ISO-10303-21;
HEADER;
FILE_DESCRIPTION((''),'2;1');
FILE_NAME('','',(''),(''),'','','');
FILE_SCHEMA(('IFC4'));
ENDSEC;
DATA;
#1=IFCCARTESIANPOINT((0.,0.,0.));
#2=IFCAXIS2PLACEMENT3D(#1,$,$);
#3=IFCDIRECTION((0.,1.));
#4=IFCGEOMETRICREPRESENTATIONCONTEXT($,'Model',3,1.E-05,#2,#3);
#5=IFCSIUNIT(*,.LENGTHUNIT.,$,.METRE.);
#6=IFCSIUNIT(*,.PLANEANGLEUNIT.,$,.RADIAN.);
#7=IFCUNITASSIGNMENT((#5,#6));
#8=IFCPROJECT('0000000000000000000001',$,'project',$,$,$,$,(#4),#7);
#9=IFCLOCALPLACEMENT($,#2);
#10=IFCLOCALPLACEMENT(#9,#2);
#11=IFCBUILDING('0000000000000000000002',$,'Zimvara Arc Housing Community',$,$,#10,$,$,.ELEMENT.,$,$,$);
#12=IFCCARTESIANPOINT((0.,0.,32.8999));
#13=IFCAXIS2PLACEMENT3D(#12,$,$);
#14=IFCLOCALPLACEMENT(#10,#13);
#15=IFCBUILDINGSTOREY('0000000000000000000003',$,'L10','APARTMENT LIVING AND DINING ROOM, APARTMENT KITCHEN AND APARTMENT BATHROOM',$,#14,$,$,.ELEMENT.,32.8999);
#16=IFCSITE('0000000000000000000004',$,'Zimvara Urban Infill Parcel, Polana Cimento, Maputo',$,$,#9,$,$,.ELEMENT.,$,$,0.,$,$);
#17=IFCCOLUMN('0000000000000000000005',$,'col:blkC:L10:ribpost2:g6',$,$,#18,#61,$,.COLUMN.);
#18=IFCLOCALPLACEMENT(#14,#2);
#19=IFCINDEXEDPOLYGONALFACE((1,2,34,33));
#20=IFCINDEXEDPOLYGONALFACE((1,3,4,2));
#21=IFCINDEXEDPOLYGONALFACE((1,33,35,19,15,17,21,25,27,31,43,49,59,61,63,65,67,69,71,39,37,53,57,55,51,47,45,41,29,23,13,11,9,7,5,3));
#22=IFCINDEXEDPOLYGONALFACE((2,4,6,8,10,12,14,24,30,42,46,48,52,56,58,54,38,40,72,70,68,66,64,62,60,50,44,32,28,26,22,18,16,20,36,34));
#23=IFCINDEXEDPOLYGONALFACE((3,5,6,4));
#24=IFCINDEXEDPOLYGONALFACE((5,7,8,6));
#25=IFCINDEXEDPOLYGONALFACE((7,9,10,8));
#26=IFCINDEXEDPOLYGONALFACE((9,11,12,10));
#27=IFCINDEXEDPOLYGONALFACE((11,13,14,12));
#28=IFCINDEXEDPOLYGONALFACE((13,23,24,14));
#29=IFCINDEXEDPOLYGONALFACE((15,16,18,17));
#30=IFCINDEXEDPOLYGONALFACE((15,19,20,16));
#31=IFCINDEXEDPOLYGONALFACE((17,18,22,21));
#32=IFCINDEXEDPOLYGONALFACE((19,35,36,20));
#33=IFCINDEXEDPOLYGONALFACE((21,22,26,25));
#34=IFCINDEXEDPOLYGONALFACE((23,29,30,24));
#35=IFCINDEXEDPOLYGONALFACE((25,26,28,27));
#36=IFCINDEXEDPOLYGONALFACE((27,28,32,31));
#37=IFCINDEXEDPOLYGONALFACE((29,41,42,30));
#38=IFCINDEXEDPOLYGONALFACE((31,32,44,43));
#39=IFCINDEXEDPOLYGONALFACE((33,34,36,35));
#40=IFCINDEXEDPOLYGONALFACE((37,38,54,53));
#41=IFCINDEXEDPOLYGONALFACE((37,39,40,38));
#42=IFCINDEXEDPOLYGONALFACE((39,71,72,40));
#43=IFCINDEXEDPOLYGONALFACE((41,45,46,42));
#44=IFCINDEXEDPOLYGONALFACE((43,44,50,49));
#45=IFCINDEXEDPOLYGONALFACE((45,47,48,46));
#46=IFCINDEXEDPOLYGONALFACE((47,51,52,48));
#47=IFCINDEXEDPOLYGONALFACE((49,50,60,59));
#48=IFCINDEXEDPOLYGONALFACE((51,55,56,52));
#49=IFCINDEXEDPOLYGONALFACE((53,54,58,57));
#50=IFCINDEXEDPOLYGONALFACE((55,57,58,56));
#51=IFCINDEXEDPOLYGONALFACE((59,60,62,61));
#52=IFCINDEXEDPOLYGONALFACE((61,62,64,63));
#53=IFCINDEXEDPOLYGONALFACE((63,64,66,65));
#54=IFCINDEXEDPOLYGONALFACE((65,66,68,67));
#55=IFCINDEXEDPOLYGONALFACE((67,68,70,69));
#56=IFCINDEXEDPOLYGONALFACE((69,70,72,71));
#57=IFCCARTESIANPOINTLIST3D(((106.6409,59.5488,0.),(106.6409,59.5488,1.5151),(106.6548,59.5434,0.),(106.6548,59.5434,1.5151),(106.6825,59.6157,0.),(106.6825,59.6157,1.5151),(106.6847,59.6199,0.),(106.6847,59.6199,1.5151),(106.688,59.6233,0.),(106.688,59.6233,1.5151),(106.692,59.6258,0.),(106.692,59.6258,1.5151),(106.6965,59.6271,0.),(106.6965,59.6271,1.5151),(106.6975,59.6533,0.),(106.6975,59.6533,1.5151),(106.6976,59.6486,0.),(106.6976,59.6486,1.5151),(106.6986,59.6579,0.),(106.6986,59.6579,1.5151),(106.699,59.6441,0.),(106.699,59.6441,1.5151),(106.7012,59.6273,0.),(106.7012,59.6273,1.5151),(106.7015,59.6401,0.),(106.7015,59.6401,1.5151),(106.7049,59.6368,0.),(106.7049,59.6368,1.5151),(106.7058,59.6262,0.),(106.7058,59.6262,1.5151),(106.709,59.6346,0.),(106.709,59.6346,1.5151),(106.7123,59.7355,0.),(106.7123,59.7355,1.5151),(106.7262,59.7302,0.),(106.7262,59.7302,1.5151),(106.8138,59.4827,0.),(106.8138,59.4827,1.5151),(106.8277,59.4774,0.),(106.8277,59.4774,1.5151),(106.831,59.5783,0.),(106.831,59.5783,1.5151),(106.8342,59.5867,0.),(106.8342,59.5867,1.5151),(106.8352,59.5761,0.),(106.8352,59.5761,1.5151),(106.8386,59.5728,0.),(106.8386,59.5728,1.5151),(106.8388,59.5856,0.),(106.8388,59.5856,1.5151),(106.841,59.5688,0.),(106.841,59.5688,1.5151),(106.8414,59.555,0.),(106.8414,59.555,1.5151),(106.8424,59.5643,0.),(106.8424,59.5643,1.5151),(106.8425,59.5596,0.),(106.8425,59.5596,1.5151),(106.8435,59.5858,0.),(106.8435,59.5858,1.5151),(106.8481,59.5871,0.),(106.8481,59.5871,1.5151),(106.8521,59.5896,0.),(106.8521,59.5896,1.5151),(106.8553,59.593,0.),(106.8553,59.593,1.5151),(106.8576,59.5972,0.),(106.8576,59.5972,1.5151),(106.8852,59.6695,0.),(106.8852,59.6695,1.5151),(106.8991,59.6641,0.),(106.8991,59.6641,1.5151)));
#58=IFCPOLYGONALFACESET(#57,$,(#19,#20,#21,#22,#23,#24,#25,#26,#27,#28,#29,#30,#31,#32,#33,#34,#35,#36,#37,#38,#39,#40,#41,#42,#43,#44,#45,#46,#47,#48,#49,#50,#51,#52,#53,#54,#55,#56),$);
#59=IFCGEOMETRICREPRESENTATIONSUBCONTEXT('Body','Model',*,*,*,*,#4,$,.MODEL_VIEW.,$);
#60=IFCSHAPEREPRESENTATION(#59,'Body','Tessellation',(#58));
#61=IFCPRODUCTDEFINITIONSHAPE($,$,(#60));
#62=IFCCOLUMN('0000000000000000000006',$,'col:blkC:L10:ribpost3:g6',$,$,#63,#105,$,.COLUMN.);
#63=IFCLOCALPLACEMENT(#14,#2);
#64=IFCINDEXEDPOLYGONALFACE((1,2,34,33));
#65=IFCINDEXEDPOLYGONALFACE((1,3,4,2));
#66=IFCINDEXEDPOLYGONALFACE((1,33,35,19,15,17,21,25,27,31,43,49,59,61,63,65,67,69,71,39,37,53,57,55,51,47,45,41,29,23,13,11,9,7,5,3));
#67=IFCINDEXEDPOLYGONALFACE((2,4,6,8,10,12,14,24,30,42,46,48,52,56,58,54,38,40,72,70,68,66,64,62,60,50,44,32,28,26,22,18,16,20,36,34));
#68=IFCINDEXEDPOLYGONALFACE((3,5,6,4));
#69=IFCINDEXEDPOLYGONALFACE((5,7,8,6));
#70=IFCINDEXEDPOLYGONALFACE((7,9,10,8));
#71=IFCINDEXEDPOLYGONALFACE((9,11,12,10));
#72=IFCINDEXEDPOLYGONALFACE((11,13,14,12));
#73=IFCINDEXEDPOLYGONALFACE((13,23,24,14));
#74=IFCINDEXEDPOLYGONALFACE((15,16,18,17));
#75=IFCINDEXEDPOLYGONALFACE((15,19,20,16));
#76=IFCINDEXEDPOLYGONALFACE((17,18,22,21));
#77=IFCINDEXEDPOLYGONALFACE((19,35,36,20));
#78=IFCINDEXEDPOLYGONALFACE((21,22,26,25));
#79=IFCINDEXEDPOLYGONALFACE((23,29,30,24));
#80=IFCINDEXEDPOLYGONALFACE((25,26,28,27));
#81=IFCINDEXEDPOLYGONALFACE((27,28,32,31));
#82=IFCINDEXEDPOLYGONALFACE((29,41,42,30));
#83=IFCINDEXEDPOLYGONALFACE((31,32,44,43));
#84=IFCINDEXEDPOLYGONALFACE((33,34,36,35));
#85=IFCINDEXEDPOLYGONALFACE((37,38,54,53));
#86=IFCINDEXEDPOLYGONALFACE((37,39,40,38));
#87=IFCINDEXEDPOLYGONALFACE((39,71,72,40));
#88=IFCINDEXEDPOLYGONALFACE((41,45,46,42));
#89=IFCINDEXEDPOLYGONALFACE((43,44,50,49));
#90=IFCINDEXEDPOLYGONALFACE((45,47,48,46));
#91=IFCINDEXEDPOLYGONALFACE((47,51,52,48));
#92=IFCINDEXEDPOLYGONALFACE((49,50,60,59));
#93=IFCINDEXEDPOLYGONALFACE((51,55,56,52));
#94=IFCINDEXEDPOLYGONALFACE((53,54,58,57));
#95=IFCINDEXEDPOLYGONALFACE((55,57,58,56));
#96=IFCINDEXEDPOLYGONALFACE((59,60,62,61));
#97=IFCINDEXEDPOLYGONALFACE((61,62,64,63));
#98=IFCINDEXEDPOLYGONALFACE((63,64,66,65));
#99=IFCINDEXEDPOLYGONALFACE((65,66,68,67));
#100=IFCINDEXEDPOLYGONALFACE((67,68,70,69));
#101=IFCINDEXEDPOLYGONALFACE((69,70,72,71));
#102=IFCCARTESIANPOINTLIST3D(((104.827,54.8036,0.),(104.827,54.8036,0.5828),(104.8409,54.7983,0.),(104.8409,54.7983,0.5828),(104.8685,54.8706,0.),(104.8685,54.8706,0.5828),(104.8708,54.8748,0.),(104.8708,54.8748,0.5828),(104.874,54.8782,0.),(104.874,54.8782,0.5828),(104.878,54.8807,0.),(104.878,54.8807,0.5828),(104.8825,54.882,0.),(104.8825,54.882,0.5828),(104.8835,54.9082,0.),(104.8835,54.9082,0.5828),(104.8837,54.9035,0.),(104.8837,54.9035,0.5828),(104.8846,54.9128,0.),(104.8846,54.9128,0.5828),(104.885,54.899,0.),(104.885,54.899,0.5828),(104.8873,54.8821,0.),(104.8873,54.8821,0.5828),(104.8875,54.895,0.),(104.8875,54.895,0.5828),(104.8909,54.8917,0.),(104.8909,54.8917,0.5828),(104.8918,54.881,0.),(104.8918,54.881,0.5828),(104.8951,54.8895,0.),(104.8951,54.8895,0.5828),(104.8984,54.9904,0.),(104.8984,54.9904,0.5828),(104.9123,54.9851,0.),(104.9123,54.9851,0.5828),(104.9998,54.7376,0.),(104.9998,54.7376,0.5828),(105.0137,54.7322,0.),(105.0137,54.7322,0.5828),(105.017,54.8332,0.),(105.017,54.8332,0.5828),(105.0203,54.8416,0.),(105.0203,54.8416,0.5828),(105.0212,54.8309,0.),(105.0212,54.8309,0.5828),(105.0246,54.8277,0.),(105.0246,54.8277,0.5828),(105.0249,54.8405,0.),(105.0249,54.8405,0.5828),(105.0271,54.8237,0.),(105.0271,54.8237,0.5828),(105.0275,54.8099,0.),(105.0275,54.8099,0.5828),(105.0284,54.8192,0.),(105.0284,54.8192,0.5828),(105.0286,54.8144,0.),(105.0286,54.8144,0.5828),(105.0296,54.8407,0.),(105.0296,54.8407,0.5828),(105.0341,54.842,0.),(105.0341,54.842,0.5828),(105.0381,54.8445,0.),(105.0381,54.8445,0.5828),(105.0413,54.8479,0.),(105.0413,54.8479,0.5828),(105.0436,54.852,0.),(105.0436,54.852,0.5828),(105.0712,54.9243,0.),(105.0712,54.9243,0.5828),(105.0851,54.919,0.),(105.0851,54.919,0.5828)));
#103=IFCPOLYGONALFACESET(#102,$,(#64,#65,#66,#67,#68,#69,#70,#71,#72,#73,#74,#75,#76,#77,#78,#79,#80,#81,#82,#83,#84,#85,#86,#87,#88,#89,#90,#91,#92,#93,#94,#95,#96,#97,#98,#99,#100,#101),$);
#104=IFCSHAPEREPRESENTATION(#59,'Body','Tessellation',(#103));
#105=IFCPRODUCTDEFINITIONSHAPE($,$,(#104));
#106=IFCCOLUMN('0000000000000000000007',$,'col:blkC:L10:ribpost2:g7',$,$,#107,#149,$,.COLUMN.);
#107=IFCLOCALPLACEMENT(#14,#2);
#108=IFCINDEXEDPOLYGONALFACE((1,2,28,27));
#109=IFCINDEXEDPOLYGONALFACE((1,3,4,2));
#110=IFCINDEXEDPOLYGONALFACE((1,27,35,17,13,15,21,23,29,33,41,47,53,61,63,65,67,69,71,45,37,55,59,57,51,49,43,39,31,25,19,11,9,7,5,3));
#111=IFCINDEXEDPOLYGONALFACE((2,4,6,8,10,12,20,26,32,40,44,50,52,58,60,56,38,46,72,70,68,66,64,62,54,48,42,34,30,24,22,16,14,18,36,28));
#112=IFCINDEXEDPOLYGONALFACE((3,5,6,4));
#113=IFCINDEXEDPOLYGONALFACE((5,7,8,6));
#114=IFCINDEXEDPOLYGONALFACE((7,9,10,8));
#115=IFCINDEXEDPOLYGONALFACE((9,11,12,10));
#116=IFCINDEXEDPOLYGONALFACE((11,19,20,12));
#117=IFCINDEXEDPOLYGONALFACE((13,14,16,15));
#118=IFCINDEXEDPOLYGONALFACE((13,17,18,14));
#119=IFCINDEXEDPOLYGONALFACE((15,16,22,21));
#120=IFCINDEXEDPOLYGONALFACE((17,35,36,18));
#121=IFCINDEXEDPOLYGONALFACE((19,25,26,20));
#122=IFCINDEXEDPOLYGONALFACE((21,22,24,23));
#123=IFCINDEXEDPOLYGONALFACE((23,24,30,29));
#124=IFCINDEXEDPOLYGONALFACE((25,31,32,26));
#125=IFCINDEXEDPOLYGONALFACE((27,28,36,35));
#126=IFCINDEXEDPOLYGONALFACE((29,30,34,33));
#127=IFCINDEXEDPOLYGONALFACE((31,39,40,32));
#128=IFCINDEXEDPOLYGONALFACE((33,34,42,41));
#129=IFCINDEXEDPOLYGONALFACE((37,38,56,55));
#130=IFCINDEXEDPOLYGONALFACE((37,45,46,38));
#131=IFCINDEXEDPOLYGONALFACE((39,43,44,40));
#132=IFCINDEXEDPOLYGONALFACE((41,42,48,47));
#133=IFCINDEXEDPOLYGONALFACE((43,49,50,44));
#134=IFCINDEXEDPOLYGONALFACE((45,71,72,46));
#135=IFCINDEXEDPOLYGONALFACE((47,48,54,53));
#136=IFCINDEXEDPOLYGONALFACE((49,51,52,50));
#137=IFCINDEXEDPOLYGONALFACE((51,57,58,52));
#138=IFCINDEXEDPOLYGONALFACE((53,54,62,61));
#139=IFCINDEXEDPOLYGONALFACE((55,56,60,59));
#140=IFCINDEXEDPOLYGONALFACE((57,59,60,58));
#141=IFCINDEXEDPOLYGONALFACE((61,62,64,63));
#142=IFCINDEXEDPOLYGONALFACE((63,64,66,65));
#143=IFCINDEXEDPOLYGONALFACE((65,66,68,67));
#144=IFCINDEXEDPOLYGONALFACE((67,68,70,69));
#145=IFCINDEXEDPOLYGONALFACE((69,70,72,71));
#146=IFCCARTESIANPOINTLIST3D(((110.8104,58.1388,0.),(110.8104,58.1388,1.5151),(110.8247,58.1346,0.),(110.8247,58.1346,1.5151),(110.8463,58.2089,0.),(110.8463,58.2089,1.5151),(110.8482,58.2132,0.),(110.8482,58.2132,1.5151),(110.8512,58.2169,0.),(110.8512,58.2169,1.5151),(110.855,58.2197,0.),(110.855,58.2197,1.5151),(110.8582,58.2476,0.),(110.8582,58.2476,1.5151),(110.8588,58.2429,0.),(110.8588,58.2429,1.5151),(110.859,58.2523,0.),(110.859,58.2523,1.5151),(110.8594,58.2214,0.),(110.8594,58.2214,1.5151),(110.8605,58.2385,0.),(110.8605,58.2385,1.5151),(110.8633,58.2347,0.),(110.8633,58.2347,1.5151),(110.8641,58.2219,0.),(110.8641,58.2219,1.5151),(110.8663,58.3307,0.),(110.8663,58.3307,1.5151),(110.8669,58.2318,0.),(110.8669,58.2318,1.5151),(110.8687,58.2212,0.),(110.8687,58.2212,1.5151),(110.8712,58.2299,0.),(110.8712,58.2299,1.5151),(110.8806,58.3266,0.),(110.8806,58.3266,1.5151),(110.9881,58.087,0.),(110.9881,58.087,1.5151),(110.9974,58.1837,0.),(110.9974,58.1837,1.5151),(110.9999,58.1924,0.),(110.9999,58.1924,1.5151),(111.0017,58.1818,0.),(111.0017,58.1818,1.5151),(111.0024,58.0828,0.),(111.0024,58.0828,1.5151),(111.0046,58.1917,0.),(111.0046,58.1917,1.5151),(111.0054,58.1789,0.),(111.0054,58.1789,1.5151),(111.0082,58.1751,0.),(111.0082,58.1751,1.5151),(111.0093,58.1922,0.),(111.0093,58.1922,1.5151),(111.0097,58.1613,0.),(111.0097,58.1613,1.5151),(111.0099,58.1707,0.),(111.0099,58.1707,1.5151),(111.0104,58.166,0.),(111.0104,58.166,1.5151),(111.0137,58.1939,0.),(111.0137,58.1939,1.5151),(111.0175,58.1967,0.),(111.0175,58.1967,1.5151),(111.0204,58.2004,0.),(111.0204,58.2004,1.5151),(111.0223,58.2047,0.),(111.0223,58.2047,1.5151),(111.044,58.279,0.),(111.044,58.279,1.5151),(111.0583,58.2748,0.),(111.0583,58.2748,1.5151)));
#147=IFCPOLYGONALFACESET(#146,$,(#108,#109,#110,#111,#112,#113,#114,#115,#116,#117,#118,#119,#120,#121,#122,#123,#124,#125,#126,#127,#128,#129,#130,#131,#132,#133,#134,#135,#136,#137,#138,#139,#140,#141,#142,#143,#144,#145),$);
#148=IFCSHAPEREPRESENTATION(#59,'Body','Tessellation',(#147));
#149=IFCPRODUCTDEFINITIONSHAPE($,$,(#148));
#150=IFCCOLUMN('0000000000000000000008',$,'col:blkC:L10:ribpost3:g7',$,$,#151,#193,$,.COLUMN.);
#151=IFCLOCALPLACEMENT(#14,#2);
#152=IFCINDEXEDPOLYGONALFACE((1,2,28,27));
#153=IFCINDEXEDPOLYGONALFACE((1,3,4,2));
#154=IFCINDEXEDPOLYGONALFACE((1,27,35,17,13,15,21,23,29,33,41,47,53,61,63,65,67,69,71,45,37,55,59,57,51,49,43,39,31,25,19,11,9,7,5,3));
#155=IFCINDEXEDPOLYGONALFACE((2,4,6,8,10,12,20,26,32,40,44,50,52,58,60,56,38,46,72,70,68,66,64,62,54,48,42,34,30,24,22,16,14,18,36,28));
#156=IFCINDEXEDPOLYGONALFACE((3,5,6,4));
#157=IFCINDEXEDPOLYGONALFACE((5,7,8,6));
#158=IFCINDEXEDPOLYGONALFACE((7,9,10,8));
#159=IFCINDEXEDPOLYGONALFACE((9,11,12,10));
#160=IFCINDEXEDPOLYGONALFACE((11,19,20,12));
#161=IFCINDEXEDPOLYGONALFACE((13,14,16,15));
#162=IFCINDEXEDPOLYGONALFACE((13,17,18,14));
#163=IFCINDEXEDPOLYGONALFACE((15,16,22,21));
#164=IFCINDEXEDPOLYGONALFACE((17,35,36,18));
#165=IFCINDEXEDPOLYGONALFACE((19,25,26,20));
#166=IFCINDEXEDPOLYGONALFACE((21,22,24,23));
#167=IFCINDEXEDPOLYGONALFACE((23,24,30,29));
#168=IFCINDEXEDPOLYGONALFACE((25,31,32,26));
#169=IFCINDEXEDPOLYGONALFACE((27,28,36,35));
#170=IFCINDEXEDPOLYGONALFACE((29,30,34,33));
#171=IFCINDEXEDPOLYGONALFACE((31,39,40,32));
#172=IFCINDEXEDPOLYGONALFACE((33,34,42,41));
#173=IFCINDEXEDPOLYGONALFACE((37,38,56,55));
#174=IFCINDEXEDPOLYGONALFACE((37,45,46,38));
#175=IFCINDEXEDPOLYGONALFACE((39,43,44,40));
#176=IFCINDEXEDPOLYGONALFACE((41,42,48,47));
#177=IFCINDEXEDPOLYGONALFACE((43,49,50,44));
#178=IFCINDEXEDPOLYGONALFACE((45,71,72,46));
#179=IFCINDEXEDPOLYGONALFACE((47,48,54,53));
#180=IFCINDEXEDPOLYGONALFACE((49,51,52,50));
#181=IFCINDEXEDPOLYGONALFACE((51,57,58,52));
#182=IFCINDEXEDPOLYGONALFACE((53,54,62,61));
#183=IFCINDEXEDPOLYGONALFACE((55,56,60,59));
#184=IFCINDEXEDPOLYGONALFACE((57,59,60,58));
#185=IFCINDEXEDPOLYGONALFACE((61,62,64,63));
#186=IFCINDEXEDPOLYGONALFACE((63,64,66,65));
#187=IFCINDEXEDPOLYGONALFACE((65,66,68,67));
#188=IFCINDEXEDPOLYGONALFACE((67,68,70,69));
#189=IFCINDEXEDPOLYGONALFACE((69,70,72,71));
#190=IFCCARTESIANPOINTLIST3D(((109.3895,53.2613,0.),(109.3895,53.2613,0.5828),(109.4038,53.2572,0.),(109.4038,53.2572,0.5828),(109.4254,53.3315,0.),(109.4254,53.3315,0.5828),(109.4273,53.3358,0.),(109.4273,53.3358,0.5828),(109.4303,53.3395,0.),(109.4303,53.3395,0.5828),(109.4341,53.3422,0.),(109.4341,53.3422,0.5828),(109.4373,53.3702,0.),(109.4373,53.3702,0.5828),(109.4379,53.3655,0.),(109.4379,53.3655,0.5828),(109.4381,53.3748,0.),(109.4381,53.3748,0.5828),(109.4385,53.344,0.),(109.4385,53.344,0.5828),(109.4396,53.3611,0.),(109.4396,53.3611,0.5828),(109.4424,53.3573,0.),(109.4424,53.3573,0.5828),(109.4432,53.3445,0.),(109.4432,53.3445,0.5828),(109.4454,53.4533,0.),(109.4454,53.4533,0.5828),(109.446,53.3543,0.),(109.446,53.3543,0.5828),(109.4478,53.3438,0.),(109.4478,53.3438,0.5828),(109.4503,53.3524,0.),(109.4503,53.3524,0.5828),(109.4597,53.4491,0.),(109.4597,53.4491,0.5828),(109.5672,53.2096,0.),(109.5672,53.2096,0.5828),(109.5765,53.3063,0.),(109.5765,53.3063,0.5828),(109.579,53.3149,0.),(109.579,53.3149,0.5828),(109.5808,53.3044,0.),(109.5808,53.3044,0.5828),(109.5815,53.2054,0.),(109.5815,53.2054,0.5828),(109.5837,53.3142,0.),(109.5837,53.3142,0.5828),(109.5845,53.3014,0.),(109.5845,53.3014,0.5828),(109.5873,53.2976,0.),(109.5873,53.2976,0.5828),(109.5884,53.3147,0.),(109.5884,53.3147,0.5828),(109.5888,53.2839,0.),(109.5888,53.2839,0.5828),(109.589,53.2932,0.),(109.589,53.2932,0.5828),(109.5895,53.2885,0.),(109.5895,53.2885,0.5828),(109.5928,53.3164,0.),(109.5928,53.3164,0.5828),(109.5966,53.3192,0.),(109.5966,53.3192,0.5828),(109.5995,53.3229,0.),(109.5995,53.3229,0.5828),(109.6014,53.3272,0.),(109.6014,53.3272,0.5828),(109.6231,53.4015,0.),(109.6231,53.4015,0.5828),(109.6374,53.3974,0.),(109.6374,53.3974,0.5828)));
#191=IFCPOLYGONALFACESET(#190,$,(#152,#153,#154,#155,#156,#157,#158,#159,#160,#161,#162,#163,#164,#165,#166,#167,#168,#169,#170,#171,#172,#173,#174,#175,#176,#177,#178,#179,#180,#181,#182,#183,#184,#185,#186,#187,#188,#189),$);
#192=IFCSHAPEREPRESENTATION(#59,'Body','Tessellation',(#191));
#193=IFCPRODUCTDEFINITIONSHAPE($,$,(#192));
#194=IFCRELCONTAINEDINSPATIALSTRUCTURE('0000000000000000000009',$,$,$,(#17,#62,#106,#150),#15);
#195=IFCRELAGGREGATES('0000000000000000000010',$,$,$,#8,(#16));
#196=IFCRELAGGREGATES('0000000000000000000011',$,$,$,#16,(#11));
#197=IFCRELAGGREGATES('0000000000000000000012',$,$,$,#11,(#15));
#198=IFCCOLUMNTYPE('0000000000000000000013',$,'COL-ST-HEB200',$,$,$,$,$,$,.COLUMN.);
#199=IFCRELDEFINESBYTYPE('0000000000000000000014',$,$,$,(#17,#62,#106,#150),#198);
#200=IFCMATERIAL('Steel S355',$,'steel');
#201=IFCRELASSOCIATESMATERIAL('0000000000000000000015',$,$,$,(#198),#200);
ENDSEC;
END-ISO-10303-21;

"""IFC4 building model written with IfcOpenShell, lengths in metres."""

from ifc_helpers import new_model, si_unit, direction, frame, origin, origin_2d, place, context, subcontext, project, spatial, i_section, extrude, material, material_profile, profile_set, type_object, element, save


model = new_model("IFC4")

# Units and contexts
model_context = context("Model", 3, precision=1e-05, world=origin(), true_north=direction((0.0, 1.0)))
body_context = subcontext(model_context, "Body", "Model", "MODEL_VIEW")
ifc_project = project(units=[si_unit("LENGTHUNIT", "METRE"), si_unit("PLANEANGLEUNIT", "RADIAN")], contexts=[model_context])

# Site, building, storey
site_placement = place(None, origin())
site = spatial("IfcSite", under=ifc_project, at=site_placement, Name="Zimvara Urban Infill Parcel, Polana Cimento, Maputo", CompositionType="ELEMENT", RefElevation=0.0)
building_placement = place(site_placement, origin())
building = spatial("IfcBuilding", under=site, at=building_placement, Name="Zimvara Arc Housing Community", CompositionType="ELEMENT")
storey_placement = place(building_placement, frame((0.0, 0.0, 32.8999)))
storey = spatial("IfcBuildingStorey", under=building, at=storey_placement, Name="L10", Description="APARTMENT LIVING AND DINING ROOM, APARTMENT KITCHEN AND APARTMENT BATHROOM", CompositionType="ELEMENT", Elevation=32.8999)

# Columns
ifc_material_1 = material(Name="Steel S355", Category="steel")
ifc_material_profile_1 = material_profile(ifc_material_1, i_section(OverallWidth=0.2, OverallDepth=0.2, WebThickness=0.009, FlangeThickness=0.0149, FilletRadius=0.0181, at=origin_2d()), Name="HEB 200")
ifc_profile_set_1 = profile_set([ifc_material_profile_1], Name="Steel S355")
column_type = type_object("IfcColumnType", Name="COL-ST-HEB200", PredefinedType="COLUMN", material=ifc_profile_set_1)
column_1_placement = place(storey_placement, frame((106.77, 59.6064, 0.0), z_axis=(0.0, 0.0, 1.0), x_axis=(-0.357064, -0.93408, 0.0)))
element("IfcColumn", 1, at=column_1_placement, inside=storey, type_object=column_type, Name="col:blkC:L10:ribpost2:g6", PredefinedType="COLUMN", context=body_context, shape_type="SweptSolid", body=[
    extrude(i_section(OverallWidth=0.2, OverallDepth=0.2, WebThickness=0.009, FlangeThickness=0.0149, FilletRadius=0.0181, at=origin_2d()), origin(), (0.0, 0.0, 1.0), 1.5151),
])
column_2_placement = place(storey_placement, frame((104.9561, 54.8613, 0.0), z_axis=(0.0, 0.0, 1.0), x_axis=(-0.357064, -0.93408, 0.0)))
element("IfcColumn", 2, at=column_2_placement, inside=storey, type_object=column_type, Name="col:blkC:L10:ribpost3:g6", PredefinedType="COLUMN", context=body_context, shape_type="SweptSolid", body=[
    extrude(i_section(OverallWidth=0.2, OverallDepth=0.2, WebThickness=0.009, FlangeThickness=0.0149, FilletRadius=0.0181, at=origin_2d()), origin(), (0.0, 0.0, 1.0), 0.5828),
])
column_3_placement = place(storey_placement, frame((110.9343, 58.2068, 0.0), z_axis=(0.0, 0.0, 1.0), x_axis=(-0.279661, -0.960099, 0.0)))
element("IfcColumn", 3, at=column_3_placement, inside=storey, type_object=column_type, Name="col:blkC:L10:ribpost2:g7", PredefinedType="COLUMN", context=body_context, shape_type="SweptSolid", body=[
    extrude(i_section(OverallWidth=0.2, OverallDepth=0.2, WebThickness=0.009, FlangeThickness=0.0149, FilletRadius=0.0181, at=origin_2d()), origin(), (0.0, 0.0, 1.0), 1.5151),
])
column_4_placement = place(storey_placement, frame((109.5134, 53.3293, 0.0), z_axis=(0.0, 0.0, 1.0), x_axis=(-0.279661, -0.960099, 0.0)))
element("IfcColumn", 4, at=column_4_placement, inside=storey, type_object=column_type, Name="col:blkC:L10:ribpost3:g7", PredefinedType="COLUMN", context=body_context, shape_type="SweptSolid", body=[
    extrude(i_section(OverallWidth=0.2, OverallDepth=0.2, WebThickness=0.009, FlangeThickness=0.0149, FilletRadius=0.0181, at=origin_2d()), origin(), (0.0, 0.0, 1.0), 0.5828),
])

save(model, "model.ifc")
